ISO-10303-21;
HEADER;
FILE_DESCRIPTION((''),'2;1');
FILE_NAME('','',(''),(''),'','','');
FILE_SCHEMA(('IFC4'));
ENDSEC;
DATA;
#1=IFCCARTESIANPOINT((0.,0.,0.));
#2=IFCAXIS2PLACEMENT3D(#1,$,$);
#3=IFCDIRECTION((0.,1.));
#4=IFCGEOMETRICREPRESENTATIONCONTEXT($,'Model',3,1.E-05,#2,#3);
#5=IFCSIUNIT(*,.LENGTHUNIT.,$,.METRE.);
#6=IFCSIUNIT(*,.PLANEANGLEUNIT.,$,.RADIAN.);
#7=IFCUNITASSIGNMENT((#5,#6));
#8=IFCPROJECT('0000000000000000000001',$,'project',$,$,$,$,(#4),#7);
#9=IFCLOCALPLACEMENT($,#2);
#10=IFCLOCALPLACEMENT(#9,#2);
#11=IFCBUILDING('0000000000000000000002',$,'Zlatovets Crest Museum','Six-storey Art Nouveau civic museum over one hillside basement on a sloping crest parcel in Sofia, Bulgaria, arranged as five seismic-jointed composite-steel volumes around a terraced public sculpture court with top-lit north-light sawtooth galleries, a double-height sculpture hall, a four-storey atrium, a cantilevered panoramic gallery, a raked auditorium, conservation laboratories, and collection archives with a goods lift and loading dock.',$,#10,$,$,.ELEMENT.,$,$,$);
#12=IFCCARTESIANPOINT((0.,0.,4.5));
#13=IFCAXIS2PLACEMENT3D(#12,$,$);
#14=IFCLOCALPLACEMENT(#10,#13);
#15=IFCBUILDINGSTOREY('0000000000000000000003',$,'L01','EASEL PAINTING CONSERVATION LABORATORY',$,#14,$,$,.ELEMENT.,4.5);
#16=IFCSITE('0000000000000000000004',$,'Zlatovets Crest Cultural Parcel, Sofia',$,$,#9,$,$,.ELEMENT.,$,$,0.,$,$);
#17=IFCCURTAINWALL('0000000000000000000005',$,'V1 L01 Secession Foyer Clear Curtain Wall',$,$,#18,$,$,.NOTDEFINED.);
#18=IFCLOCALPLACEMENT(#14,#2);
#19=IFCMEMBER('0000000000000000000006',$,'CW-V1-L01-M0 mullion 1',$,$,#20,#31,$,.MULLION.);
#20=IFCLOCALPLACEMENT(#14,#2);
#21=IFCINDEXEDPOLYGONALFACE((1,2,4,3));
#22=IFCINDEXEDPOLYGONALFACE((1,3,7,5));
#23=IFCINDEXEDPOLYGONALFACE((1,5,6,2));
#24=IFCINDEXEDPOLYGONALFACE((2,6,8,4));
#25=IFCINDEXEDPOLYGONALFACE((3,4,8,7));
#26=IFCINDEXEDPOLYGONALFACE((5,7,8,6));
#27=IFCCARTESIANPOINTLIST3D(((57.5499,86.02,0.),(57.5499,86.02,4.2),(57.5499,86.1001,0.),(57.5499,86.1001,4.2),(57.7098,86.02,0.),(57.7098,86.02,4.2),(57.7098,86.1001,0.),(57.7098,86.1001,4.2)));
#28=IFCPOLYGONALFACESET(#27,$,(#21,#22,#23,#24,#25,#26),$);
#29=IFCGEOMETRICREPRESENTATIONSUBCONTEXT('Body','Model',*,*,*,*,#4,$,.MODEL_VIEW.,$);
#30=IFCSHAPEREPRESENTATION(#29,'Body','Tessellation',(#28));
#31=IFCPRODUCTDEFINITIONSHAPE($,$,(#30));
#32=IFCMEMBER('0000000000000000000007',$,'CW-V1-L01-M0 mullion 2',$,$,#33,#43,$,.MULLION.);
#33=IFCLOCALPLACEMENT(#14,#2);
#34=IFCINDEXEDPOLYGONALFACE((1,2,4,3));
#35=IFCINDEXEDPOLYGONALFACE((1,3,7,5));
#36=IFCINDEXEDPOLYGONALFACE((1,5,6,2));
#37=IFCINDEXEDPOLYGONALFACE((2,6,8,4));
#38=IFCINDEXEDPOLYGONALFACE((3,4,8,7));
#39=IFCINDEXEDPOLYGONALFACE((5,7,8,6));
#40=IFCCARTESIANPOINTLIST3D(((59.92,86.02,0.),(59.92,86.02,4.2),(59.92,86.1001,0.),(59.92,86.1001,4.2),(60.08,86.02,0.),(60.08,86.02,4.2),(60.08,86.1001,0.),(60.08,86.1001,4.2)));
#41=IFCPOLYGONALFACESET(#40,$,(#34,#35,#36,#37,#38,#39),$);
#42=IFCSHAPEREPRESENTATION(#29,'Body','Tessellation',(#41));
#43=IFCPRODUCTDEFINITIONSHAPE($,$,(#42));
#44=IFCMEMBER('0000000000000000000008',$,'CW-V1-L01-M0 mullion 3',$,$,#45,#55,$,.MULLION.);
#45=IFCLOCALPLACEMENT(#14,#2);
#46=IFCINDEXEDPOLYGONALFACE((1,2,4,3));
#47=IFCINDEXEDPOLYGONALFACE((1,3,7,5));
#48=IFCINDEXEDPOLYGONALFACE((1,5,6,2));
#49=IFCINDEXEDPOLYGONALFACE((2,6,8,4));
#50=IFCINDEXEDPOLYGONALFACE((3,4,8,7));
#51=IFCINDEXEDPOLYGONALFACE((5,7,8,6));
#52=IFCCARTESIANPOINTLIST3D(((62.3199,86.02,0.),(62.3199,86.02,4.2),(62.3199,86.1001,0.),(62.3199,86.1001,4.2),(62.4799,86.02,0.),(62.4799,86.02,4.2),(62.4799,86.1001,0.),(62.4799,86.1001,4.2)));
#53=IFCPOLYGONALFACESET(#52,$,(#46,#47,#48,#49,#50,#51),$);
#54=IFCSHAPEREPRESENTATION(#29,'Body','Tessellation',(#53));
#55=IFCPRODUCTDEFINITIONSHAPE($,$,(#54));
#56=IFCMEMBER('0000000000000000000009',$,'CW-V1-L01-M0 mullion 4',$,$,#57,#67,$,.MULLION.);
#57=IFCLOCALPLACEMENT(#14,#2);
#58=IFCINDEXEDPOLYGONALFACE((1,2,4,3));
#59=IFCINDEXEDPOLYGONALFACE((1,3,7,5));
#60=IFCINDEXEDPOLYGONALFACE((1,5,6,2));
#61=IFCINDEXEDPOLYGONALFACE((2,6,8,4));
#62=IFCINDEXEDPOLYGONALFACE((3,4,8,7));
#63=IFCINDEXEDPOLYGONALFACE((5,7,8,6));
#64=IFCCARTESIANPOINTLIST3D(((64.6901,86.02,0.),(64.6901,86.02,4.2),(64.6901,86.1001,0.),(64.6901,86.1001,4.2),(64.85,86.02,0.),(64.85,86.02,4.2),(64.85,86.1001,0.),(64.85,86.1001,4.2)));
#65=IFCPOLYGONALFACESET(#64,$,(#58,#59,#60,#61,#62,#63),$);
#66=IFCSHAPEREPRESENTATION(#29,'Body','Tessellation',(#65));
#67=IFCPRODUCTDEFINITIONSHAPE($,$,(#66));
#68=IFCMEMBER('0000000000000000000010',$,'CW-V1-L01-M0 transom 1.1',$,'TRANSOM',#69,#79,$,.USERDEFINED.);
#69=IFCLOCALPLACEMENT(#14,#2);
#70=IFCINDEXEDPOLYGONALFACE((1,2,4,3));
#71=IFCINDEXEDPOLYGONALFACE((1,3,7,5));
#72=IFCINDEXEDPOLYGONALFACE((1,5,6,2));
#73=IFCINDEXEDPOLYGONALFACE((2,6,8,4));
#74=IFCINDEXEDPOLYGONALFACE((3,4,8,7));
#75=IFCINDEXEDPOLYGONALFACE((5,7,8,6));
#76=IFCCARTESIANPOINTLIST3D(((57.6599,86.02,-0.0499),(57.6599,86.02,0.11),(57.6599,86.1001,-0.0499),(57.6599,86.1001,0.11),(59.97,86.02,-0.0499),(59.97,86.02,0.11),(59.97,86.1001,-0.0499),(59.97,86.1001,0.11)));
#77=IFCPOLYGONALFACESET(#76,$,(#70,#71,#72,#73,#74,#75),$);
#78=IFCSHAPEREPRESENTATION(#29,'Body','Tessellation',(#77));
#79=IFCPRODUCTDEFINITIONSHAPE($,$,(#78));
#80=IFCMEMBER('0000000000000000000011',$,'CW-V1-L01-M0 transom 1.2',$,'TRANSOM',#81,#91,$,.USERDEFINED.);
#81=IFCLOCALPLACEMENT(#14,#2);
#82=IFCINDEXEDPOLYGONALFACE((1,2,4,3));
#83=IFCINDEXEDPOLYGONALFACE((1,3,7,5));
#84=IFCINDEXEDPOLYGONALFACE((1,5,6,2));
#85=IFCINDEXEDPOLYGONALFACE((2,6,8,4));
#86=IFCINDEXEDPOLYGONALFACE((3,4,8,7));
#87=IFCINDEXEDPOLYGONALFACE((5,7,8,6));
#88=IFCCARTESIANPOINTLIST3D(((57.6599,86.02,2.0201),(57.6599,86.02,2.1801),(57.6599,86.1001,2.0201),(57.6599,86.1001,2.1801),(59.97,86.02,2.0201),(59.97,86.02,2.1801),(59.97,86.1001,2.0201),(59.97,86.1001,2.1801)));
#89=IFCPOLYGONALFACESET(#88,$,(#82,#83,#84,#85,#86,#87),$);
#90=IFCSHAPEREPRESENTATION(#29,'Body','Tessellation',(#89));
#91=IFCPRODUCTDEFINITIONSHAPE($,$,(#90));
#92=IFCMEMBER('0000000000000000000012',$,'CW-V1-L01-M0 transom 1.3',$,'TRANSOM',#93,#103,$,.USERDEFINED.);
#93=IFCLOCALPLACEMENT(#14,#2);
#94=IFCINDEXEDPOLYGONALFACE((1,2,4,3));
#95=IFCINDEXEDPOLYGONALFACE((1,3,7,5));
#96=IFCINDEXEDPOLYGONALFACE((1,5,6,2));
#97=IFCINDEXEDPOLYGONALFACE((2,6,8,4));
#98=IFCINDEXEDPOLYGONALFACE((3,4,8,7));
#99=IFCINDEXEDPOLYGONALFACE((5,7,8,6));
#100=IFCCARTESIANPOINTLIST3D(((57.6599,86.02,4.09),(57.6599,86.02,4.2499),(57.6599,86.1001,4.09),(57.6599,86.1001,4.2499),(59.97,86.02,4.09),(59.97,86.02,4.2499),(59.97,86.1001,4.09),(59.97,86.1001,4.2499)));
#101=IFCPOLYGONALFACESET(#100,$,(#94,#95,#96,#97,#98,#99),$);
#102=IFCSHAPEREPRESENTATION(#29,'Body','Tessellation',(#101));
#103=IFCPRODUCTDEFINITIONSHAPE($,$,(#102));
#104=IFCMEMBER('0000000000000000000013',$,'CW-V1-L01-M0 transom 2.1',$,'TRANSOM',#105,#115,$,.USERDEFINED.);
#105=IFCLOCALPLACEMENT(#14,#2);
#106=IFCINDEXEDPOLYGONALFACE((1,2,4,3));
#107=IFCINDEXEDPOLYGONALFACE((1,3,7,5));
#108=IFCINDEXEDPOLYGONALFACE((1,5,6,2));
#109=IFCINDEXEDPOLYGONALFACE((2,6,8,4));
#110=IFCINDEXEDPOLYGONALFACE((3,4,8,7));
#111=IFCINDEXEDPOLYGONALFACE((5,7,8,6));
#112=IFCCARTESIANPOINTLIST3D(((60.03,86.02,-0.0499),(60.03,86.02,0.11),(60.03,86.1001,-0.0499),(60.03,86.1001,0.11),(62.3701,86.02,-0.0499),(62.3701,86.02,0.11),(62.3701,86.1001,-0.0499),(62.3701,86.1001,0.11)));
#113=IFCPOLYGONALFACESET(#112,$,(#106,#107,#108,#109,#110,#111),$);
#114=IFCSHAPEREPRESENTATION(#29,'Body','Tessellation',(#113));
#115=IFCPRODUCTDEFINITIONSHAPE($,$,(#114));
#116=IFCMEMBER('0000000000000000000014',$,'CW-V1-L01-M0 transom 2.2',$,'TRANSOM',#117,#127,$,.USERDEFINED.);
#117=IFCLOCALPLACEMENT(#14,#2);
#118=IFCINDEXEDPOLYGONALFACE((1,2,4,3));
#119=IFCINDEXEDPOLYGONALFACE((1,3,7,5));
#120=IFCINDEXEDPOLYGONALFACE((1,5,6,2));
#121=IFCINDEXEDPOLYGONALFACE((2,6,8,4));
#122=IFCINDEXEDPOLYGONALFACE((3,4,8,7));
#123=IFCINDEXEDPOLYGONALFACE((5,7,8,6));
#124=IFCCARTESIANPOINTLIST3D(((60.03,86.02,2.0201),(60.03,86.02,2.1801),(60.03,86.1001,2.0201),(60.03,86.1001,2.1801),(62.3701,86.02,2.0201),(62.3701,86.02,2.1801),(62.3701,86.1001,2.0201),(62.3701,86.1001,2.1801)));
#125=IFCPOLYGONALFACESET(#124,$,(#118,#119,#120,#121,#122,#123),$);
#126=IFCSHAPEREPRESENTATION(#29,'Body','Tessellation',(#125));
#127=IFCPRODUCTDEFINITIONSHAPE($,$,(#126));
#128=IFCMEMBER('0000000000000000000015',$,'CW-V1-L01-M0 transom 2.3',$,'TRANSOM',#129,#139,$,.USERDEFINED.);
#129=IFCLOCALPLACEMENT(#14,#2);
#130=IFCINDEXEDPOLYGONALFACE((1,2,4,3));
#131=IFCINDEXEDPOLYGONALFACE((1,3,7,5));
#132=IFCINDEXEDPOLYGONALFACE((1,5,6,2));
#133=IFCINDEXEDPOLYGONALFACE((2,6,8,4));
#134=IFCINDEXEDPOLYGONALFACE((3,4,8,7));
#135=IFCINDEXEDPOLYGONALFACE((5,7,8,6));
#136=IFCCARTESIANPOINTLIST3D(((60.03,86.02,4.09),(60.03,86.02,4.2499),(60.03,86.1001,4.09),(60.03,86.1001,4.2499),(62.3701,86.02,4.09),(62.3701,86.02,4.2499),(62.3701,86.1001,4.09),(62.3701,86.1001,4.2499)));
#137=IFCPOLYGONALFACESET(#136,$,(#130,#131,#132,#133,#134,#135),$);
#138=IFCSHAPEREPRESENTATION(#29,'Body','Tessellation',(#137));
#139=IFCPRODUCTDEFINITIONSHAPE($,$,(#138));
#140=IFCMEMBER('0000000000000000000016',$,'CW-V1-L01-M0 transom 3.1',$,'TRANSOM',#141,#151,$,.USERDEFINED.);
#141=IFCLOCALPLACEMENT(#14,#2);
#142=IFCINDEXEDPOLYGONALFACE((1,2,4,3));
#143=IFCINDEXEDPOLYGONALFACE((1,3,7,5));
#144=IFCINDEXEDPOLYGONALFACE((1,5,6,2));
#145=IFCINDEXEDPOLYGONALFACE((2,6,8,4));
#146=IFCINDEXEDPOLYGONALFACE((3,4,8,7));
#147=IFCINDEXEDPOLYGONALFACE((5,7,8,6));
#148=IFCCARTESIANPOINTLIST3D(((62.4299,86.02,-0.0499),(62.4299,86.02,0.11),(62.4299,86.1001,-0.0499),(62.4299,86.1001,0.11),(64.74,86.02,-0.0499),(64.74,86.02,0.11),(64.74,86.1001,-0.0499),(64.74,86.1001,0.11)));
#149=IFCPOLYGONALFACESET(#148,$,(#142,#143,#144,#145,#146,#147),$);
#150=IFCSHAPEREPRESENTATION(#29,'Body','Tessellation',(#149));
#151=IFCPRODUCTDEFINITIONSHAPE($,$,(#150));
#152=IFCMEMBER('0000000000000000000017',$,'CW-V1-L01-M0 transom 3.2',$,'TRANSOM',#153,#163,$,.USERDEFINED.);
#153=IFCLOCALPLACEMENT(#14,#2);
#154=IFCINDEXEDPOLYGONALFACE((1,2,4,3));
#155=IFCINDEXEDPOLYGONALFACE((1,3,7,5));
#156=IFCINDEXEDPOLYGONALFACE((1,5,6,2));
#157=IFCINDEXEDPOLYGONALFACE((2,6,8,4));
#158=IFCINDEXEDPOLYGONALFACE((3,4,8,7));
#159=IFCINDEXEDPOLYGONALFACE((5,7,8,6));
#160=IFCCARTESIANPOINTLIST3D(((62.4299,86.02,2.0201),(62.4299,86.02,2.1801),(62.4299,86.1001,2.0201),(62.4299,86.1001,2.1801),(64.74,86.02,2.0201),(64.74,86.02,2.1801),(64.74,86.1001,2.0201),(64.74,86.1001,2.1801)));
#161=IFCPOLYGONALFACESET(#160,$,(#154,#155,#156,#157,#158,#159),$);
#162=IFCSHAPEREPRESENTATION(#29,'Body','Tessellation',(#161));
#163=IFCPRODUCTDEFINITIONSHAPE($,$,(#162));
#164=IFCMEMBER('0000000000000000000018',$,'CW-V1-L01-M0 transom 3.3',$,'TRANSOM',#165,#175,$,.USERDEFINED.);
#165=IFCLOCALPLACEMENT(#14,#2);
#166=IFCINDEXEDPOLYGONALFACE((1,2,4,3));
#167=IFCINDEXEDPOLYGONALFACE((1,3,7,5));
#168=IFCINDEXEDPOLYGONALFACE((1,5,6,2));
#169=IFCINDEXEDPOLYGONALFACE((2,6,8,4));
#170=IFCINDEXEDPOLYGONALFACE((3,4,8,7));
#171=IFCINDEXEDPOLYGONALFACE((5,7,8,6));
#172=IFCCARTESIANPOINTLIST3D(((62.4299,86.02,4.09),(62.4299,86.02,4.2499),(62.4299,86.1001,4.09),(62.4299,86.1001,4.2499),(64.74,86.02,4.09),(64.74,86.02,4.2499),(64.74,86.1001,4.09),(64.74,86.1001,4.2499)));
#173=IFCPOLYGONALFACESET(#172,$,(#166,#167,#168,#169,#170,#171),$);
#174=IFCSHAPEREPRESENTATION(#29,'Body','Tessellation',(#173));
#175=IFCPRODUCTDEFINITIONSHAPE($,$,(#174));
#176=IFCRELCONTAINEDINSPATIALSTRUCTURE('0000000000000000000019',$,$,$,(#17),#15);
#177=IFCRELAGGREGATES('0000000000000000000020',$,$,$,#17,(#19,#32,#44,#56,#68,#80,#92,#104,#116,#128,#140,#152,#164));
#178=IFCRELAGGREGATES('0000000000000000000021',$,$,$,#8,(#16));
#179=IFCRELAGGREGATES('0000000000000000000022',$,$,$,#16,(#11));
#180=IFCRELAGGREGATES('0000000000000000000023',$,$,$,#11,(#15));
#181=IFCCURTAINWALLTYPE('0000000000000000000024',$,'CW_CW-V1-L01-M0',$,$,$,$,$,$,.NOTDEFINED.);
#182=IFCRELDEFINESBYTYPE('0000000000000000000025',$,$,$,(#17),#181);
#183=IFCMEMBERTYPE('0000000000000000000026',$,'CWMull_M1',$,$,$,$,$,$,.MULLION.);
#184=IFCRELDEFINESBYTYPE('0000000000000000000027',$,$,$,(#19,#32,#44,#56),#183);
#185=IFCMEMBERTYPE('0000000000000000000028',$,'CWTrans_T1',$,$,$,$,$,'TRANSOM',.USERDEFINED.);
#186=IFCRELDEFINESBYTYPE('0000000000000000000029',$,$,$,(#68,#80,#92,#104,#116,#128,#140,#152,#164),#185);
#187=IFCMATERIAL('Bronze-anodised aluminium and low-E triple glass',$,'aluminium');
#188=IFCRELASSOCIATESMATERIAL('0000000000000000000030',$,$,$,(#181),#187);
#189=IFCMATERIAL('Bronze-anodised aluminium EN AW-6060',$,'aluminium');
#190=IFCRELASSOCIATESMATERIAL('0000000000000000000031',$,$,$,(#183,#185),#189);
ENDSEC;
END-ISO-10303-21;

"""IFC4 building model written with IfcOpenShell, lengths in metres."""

from ifc_helpers import new_model, si_unit, direction, frame, origin, origin_2d, place, context, subcontext, project, spatial, rectangle, extrude, material, material_profile, profile_set, type_object, element, aggregate, save


model = new_model("IFC4")

# Units and contexts
model_context = context("Model", 3, precision=1e-05, world=origin(), true_north=direction((0.0, 1.0)))
body_context = subcontext(model_context, "Body", "Model", "MODEL_VIEW")
ifc_project = project(units=[si_unit("LENGTHUNIT", "METRE"), si_unit("PLANEANGLEUNIT", "RADIAN")], contexts=[model_context])

# Site, building, storey
site_placement = place(None, origin())
site = spatial("IfcSite", under=ifc_project, at=site_placement, Name="Zlatovets Crest Cultural Parcel, Sofia", CompositionType="ELEMENT", RefElevation=0.0)
building_placement = place(site_placement, origin())
building = spatial("IfcBuilding", under=site, at=building_placement, Name="Zlatovets Crest Museum", Description="Six-storey Art Nouveau civic museum over one hillside basement on a sloping crest parcel in Sofia, Bulgaria, arranged as five seismic-jointed composite-steel volumes around a terraced public sculpture court with top-lit north-light sawtooth galleries, a double-height sculpture hall, a four-storey atrium, a cantilevered panoramic gallery, a raked auditorium, conservation laboratories, and collection archives with a goods lift and loading dock.", CompositionType="ELEMENT")
storey_placement = place(building_placement, frame((0.0, 0.0, 4.5)))
storey = spatial("IfcBuildingStorey", under=building, at=storey_placement, Name="L01", Description="EASEL PAINTING CONSERVATION LABORATORY", CompositionType="ELEMENT", Elevation=4.5)

# Curtain wall, members
ifc_material_1 = material(Name="Bronze-anodised aluminium and low-E triple glass", Category="aluminium")
curtain_wall_type = type_object("IfcCurtainWallType", Name="CW_CW-V1-L01-M0", PredefinedType="NOTDEFINED", material=ifc_material_1)
curtain_wall_placement = place(storey_placement, origin())
curtain_wall = element("IfcCurtainWall", 1, at=curtain_wall_placement, inside=storey, type_object=curtain_wall_type, Name="V1 L01 Secession Foyer Clear Curtain Wall", PredefinedType="NOTDEFINED")
ifc_material_2 = material(Name="Bronze-anodised aluminium EN AW-6060", Category="aluminium")
ifc_material_profile_1 = material_profile(ifc_material_2, rectangle(XDim=0.0801, YDim=0.1599, at=origin_2d()), Name="ALU 80x160")
ifc_profile_set_1 = profile_set([ifc_material_profile_1], Name="Bronze-anodised aluminium EN AW-6060")
member_type_1 = type_object("IfcMemberType", Name="CWMull_M1", PredefinedType="MULLION", material=ifc_profile_set_1)
member_1_placement = place(storey_placement, frame((57.6299, 86.0601, 0.0), z_axis=(0.0, 0.0, 1.0), x_axis=(0.0, 1.0, 0.0)))
member_1 = element("IfcMember", 2, at=member_1_placement, type_object=member_type_1, Name="CW-V1-L01-M0 mullion 1", PredefinedType="MULLION", context=body_context, shape_type="SweptSolid", body=[
    extrude(rectangle(XDim=0.0801, YDim=0.1599, at=origin_2d()), origin(), (0.0, 0.0, 1.0), 4.2),
])
member_2_placement = place(storey_placement, frame((60.0, 86.0601, 0.0), z_axis=(0.0, 0.0, 1.0), x_axis=(0.0, 1.0, 0.0)))
member_2 = element("IfcMember", 3, at=member_2_placement, type_object=member_type_1, Name="CW-V1-L01-M0 mullion 2", PredefinedType="MULLION", context=body_context, shape_type="SweptSolid", body=[
    extrude(rectangle(XDim=0.0801, YDim=0.1599, at=origin_2d()), origin(), (0.0, 0.0, 1.0), 4.2),
])
member_3_placement = place(storey_placement, frame((62.3999, 86.0601, 0.0), z_axis=(0.0, 0.0, 1.0), x_axis=(0.0, 1.0, 0.0)))
member_3 = element("IfcMember", 4, at=member_3_placement, type_object=member_type_1, Name="CW-V1-L01-M0 mullion 3", PredefinedType="MULLION", context=body_context, shape_type="SweptSolid", body=[
    extrude(rectangle(XDim=0.0801, YDim=0.1599, at=origin_2d()), origin(), (0.0, 0.0, 1.0), 4.2),
])
member_4_placement = place(storey_placement, frame((64.77, 86.0601, 0.0), z_axis=(0.0, 0.0, 1.0), x_axis=(0.0, 1.0, 0.0)))
member_4 = element("IfcMember", 5, at=member_4_placement, type_object=member_type_1, Name="CW-V1-L01-M0 mullion 4", PredefinedType="MULLION", context=body_context, shape_type="SweptSolid", body=[
    extrude(rectangle(XDim=0.0801, YDim=0.1599, at=origin_2d()), origin(), (0.0, 0.0, 1.0), 4.2),
])
ifc_material_profile_2 = material_profile(ifc_material_2, rectangle(XDim=0.0801, YDim=0.1599, at=origin_2d()), Name="ALU 80x160")
ifc_profile_set_2 = profile_set([ifc_material_profile_2], Name="Bronze-anodised aluminium EN AW-6060")
member_type_2 = type_object("IfcMemberType", Name="CWTrans_T1", ElementType="TRANSOM", PredefinedType="USERDEFINED", material=ifc_profile_set_2)
member_5_placement = place(storey_placement, frame((57.6599, 86.0601, 0.03), z_axis=(1.0, 0.0, 0.0), x_axis=(0.0, 1.0, 0.0)))
member_5 = element("IfcMember", 6, at=member_5_placement, type_object=member_type_2, Name="CW-V1-L01-M0 transom 1.1", ObjectType="TRANSOM", PredefinedType="USERDEFINED", context=body_context, shape_type="SweptSolid", body=[
    extrude(rectangle(XDim=0.0801, YDim=0.1599, at=origin_2d()), origin(), (0.0, 0.0, 1.0), 2.3101),
])
member_6_placement = place(storey_placement, frame((57.6599, 86.0601, 2.1001), z_axis=(1.0, 0.0, 0.0), x_axis=(0.0, 1.0, 0.0)))
member_6 = element("IfcMember", 7, at=member_6_placement, type_object=member_type_2, Name="CW-V1-L01-M0 transom 1.2", ObjectType="TRANSOM", PredefinedType="USERDEFINED", context=body_context, shape_type="SweptSolid", body=[
    extrude(rectangle(XDim=0.0801, YDim=0.1599, at=origin_2d()), origin(), (0.0, 0.0, 1.0), 2.3101),
])
member_7_placement = place(storey_placement, frame((57.6599, 86.0601, 4.1699), z_axis=(1.0, 0.0, 0.0), x_axis=(0.0, 1.0, 0.0)))
member_7 = element("IfcMember", 8, at=member_7_placement, type_object=member_type_2, Name="CW-V1-L01-M0 transom 1.3", ObjectType="TRANSOM", PredefinedType="USERDEFINED", context=body_context, shape_type="SweptSolid", body=[
    extrude(rectangle(XDim=0.0801, YDim=0.1599, at=origin_2d()), origin(), (0.0, 0.0, 1.0), 2.3101),
])
member_8_placement = place(storey_placement, frame((60.03, 86.0601, 0.03), z_axis=(1.0, 0.0, 0.0), x_axis=(0.0, 1.0, 0.0)))
member_8 = element("IfcMember", 9, at=member_8_placement, type_object=member_type_2, Name="CW-V1-L01-M0 transom 2.1", ObjectType="TRANSOM", PredefinedType="USERDEFINED", context=body_context, shape_type="SweptSolid", body=[
    extrude(rectangle(XDim=0.0801, YDim=0.1599, at=origin_2d()), origin(), (0.0, 0.0, 1.0), 2.3401),
])
member_9_placement = place(storey_placement, frame((60.03, 86.0601, 2.1001), z_axis=(1.0, 0.0, 0.0), x_axis=(0.0, 1.0, 0.0)))
member_9 = element("IfcMember", 10, at=member_9_placement, type_object=member_type_2, Name="CW-V1-L01-M0 transom 2.2", ObjectType="TRANSOM", PredefinedType="USERDEFINED", context=body_context, shape_type="SweptSolid", body=[
    extrude(rectangle(XDim=0.0801, YDim=0.1599, at=origin_2d()), origin(), (0.0, 0.0, 1.0), 2.3401),
])
member_10_placement = place(storey_placement, frame((60.03, 86.0601, 4.1699), z_axis=(1.0, 0.0, 0.0), x_axis=(0.0, 1.0, 0.0)))
member_10 = element("IfcMember", 11, at=member_10_placement, type_object=member_type_2, Name="CW-V1-L01-M0 transom 2.3", ObjectType="TRANSOM", PredefinedType="USERDEFINED", context=body_context, shape_type="SweptSolid", body=[
    extrude(rectangle(XDim=0.0801, YDim=0.1599, at=origin_2d()), origin(), (0.0, 0.0, 1.0), 2.3401),
])
member_11_placement = place(storey_placement, frame((62.4299, 86.0601, 0.03), z_axis=(1.0, 0.0, 0.0), x_axis=(0.0, 1.0, 0.0)))
member_11 = element("IfcMember", 12, at=member_11_placement, type_object=member_type_2, Name="CW-V1-L01-M0 transom 3.1", ObjectType="TRANSOM", PredefinedType="USERDEFINED", context=body_context, shape_type="SweptSolid", body=[
    extrude(rectangle(XDim=0.0801, YDim=0.1599, at=origin_2d()), origin(), (0.0, 0.0, 1.0), 2.3101),
])
member_12_placement = place(storey_placement, frame((62.4299, 86.0601, 2.1001), z_axis=(1.0, 0.0, 0.0), x_axis=(0.0, 1.0, 0.0)))
member_12 = element("IfcMember", 13, at=member_12_placement, type_object=member_type_2, Name="CW-V1-L01-M0 transom 3.2", ObjectType="TRANSOM", PredefinedType="USERDEFINED", context=body_context, shape_type="SweptSolid", body=[
    extrude(rectangle(XDim=0.0801, YDim=0.1599, at=origin_2d()), origin(), (0.0, 0.0, 1.0), 2.3101),
])
member_13_placement = place(storey_placement, frame((62.4299, 86.0601, 4.1699), z_axis=(1.0, 0.0, 0.0), x_axis=(0.0, 1.0, 0.0)))
member_13 = element("IfcMember", 14, at=member_13_placement, type_object=member_type_2, Name="CW-V1-L01-M0 transom 3.3", ObjectType="TRANSOM", PredefinedType="USERDEFINED", context=body_context, shape_type="SweptSolid", body=[
    extrude(rectangle(XDim=0.0801, YDim=0.1599, at=origin_2d()), origin(), (0.0, 0.0, 1.0), 2.3101),
])

aggregate(curtain_wall, [member_1, member_2, member_3, member_4, member_5, member_6, member_7, member_8, member_9, member_10, member_11, member_12, member_13])

save(model, "model.ifc")
